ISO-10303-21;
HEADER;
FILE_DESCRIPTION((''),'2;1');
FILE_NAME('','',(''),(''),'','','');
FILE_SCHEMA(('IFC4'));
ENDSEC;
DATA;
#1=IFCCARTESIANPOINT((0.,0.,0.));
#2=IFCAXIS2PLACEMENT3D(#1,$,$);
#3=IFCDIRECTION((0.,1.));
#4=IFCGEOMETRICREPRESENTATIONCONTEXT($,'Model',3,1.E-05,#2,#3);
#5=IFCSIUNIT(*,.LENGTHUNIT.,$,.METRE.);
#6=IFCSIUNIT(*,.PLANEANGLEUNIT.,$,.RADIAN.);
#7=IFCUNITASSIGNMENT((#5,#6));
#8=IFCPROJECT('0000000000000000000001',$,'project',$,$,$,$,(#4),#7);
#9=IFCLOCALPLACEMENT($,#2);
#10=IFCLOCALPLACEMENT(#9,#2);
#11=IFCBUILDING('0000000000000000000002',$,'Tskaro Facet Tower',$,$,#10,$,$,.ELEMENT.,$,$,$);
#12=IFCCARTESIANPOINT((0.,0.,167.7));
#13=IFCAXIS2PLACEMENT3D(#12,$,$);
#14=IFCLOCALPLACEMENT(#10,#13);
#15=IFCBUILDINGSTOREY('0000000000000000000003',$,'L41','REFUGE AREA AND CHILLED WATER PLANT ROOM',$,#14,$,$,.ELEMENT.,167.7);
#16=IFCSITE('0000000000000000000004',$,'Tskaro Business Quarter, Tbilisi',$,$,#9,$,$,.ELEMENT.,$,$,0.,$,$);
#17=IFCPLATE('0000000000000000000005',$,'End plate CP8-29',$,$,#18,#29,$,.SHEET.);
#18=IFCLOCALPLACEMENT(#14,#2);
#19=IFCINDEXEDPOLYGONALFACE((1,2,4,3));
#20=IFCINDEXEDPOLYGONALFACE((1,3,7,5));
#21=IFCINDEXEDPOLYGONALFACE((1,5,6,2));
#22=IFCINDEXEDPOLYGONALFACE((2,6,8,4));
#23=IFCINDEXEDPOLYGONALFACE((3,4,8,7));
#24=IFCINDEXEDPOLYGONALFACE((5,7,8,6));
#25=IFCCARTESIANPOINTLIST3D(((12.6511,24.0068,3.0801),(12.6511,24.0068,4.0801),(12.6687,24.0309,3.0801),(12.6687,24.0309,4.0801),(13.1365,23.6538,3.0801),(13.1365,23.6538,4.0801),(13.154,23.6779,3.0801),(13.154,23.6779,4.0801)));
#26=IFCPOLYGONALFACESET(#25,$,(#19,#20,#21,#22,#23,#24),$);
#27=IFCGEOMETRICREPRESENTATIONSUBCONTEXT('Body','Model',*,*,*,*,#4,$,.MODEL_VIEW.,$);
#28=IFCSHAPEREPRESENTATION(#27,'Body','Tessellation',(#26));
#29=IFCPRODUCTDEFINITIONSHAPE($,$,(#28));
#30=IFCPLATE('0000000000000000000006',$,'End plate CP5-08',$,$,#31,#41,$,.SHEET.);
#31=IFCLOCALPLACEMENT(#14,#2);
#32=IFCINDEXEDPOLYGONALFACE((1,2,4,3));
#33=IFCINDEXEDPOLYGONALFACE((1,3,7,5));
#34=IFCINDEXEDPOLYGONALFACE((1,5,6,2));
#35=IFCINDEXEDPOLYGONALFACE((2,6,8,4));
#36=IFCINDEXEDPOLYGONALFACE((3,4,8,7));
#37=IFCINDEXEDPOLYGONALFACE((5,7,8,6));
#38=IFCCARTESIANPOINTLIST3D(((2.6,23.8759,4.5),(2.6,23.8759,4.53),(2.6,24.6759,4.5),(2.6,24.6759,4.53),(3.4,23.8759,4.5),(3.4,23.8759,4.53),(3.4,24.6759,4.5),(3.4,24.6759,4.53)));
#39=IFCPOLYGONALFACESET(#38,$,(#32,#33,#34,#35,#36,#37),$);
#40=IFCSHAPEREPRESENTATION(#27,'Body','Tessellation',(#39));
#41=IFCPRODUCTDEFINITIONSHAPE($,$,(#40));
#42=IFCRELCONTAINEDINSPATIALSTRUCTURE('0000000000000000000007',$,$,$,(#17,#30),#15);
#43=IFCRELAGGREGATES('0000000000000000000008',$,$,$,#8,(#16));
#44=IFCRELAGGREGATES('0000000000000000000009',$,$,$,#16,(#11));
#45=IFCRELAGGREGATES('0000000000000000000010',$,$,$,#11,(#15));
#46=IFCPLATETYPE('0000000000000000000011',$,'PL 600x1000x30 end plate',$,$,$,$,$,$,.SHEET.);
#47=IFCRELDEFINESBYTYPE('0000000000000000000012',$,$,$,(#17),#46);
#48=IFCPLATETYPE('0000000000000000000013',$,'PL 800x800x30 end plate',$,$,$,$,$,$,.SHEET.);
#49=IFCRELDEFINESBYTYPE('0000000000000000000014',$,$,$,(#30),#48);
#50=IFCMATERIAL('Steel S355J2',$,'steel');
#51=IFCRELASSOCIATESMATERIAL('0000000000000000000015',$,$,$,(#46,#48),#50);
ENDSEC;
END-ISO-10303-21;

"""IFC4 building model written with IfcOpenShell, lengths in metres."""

from ifc_helpers import new_model, si_unit, direction, frame, origin, origin_2d, place, context, subcontext, project, spatial, rectangle, extrude, material, material_profile, profile_set, type_object, element, save


model = new_model("IFC4")

# Units and contexts
model_context = context("Model", 3, precision=1e-05, world=origin(), true_north=direction((0.0, 1.0)))
body_context = subcontext(model_context, "Body", "Model", "MODEL_VIEW")
ifc_project = project(units=[si_unit("LENGTHUNIT", "METRE"), si_unit("PLANEANGLEUNIT", "RADIAN")], contexts=[model_context])

# Site, building, storey
site_placement = place(None, origin())
site = spatial("IfcSite", under=ifc_project, at=site_placement, Name="Tskaro Business Quarter, Tbilisi", CompositionType="ELEMENT", RefElevation=0.0)
building_placement = place(site_placement, origin())
building = spatial("IfcBuilding", under=site, at=building_placement, Name="Tskaro Facet Tower", CompositionType="ELEMENT")
storey_placement = place(building_placement, frame((0.0, 0.0, 167.7)))
storey = spatial("IfcBuildingStorey", under=building, at=storey_placement, Name="L41", Description="REFUGE AREA AND CHILLED WATER PLANT ROOM", CompositionType="ELEMENT", Elevation=167.7)

# Shared definitions
ifc_material_1 = material(Name="Steel S355J2", Category="steel")

# Plates
ifc_material_profile_1 = material_profile(ifc_material_1, rectangle(XDim=0.6001, YDim=1.0, at=origin_2d()), Name="PL 600x1000x30 end plate")
ifc_profile_set_1 = profile_set([ifc_material_profile_1], Name="Steel S355J2")
plate_type_1 = type_object("IfcPlateType", Name="PL 600x1000x30 end plate", PredefinedType="SHEET", material=ifc_profile_set_1)
plate_1_placement = place(storey_placement, frame((12.8938, 23.8303, 3.5801), z_axis=(0.588172, 0.808736, 0.0), x_axis=(-0.808736, 0.588172, 0.0)))
element("IfcPlate", 1, at=plate_1_placement, inside=storey, type_object=plate_type_1, Name="End plate CP8-29", PredefinedType="SHEET", context=body_context, shape_type="SweptSolid", body=[
    extrude(rectangle(XDim=0.6001, YDim=1.0, at=origin_2d()), origin(), (0.0, 0.0, 1.0), 0.0298),
])
ifc_material_profile_2 = material_profile(ifc_material_1, rectangle(XDim=0.8, YDim=0.8, at=origin_2d()), Name="PL 800x800x30 end plate")
ifc_profile_set_2 = profile_set([ifc_material_profile_2], Name="Steel S355J2")
plate_type_2 = type_object("IfcPlateType", Name="PL 800x800x30 end plate", PredefinedType="SHEET", material=ifc_profile_set_2)
plate_2_placement = place(storey_placement, frame((3.0, 24.2759, 4.5), z_axis=(0.0, 0.0, 1.0), x_axis=(1.0, 0.0, 0.0)))
element("IfcPlate", 2, at=plate_2_placement, inside=storey, type_object=plate_type_2, Name="End plate CP5-08", PredefinedType="SHEET", context=body_context, shape_type="SweptSolid", body=[
    extrude(rectangle(XDim=0.8, YDim=0.8, at=origin_2d()), origin(), (0.0, 0.0, 1.0), 0.03),
])

save(model, "model.ifc")
